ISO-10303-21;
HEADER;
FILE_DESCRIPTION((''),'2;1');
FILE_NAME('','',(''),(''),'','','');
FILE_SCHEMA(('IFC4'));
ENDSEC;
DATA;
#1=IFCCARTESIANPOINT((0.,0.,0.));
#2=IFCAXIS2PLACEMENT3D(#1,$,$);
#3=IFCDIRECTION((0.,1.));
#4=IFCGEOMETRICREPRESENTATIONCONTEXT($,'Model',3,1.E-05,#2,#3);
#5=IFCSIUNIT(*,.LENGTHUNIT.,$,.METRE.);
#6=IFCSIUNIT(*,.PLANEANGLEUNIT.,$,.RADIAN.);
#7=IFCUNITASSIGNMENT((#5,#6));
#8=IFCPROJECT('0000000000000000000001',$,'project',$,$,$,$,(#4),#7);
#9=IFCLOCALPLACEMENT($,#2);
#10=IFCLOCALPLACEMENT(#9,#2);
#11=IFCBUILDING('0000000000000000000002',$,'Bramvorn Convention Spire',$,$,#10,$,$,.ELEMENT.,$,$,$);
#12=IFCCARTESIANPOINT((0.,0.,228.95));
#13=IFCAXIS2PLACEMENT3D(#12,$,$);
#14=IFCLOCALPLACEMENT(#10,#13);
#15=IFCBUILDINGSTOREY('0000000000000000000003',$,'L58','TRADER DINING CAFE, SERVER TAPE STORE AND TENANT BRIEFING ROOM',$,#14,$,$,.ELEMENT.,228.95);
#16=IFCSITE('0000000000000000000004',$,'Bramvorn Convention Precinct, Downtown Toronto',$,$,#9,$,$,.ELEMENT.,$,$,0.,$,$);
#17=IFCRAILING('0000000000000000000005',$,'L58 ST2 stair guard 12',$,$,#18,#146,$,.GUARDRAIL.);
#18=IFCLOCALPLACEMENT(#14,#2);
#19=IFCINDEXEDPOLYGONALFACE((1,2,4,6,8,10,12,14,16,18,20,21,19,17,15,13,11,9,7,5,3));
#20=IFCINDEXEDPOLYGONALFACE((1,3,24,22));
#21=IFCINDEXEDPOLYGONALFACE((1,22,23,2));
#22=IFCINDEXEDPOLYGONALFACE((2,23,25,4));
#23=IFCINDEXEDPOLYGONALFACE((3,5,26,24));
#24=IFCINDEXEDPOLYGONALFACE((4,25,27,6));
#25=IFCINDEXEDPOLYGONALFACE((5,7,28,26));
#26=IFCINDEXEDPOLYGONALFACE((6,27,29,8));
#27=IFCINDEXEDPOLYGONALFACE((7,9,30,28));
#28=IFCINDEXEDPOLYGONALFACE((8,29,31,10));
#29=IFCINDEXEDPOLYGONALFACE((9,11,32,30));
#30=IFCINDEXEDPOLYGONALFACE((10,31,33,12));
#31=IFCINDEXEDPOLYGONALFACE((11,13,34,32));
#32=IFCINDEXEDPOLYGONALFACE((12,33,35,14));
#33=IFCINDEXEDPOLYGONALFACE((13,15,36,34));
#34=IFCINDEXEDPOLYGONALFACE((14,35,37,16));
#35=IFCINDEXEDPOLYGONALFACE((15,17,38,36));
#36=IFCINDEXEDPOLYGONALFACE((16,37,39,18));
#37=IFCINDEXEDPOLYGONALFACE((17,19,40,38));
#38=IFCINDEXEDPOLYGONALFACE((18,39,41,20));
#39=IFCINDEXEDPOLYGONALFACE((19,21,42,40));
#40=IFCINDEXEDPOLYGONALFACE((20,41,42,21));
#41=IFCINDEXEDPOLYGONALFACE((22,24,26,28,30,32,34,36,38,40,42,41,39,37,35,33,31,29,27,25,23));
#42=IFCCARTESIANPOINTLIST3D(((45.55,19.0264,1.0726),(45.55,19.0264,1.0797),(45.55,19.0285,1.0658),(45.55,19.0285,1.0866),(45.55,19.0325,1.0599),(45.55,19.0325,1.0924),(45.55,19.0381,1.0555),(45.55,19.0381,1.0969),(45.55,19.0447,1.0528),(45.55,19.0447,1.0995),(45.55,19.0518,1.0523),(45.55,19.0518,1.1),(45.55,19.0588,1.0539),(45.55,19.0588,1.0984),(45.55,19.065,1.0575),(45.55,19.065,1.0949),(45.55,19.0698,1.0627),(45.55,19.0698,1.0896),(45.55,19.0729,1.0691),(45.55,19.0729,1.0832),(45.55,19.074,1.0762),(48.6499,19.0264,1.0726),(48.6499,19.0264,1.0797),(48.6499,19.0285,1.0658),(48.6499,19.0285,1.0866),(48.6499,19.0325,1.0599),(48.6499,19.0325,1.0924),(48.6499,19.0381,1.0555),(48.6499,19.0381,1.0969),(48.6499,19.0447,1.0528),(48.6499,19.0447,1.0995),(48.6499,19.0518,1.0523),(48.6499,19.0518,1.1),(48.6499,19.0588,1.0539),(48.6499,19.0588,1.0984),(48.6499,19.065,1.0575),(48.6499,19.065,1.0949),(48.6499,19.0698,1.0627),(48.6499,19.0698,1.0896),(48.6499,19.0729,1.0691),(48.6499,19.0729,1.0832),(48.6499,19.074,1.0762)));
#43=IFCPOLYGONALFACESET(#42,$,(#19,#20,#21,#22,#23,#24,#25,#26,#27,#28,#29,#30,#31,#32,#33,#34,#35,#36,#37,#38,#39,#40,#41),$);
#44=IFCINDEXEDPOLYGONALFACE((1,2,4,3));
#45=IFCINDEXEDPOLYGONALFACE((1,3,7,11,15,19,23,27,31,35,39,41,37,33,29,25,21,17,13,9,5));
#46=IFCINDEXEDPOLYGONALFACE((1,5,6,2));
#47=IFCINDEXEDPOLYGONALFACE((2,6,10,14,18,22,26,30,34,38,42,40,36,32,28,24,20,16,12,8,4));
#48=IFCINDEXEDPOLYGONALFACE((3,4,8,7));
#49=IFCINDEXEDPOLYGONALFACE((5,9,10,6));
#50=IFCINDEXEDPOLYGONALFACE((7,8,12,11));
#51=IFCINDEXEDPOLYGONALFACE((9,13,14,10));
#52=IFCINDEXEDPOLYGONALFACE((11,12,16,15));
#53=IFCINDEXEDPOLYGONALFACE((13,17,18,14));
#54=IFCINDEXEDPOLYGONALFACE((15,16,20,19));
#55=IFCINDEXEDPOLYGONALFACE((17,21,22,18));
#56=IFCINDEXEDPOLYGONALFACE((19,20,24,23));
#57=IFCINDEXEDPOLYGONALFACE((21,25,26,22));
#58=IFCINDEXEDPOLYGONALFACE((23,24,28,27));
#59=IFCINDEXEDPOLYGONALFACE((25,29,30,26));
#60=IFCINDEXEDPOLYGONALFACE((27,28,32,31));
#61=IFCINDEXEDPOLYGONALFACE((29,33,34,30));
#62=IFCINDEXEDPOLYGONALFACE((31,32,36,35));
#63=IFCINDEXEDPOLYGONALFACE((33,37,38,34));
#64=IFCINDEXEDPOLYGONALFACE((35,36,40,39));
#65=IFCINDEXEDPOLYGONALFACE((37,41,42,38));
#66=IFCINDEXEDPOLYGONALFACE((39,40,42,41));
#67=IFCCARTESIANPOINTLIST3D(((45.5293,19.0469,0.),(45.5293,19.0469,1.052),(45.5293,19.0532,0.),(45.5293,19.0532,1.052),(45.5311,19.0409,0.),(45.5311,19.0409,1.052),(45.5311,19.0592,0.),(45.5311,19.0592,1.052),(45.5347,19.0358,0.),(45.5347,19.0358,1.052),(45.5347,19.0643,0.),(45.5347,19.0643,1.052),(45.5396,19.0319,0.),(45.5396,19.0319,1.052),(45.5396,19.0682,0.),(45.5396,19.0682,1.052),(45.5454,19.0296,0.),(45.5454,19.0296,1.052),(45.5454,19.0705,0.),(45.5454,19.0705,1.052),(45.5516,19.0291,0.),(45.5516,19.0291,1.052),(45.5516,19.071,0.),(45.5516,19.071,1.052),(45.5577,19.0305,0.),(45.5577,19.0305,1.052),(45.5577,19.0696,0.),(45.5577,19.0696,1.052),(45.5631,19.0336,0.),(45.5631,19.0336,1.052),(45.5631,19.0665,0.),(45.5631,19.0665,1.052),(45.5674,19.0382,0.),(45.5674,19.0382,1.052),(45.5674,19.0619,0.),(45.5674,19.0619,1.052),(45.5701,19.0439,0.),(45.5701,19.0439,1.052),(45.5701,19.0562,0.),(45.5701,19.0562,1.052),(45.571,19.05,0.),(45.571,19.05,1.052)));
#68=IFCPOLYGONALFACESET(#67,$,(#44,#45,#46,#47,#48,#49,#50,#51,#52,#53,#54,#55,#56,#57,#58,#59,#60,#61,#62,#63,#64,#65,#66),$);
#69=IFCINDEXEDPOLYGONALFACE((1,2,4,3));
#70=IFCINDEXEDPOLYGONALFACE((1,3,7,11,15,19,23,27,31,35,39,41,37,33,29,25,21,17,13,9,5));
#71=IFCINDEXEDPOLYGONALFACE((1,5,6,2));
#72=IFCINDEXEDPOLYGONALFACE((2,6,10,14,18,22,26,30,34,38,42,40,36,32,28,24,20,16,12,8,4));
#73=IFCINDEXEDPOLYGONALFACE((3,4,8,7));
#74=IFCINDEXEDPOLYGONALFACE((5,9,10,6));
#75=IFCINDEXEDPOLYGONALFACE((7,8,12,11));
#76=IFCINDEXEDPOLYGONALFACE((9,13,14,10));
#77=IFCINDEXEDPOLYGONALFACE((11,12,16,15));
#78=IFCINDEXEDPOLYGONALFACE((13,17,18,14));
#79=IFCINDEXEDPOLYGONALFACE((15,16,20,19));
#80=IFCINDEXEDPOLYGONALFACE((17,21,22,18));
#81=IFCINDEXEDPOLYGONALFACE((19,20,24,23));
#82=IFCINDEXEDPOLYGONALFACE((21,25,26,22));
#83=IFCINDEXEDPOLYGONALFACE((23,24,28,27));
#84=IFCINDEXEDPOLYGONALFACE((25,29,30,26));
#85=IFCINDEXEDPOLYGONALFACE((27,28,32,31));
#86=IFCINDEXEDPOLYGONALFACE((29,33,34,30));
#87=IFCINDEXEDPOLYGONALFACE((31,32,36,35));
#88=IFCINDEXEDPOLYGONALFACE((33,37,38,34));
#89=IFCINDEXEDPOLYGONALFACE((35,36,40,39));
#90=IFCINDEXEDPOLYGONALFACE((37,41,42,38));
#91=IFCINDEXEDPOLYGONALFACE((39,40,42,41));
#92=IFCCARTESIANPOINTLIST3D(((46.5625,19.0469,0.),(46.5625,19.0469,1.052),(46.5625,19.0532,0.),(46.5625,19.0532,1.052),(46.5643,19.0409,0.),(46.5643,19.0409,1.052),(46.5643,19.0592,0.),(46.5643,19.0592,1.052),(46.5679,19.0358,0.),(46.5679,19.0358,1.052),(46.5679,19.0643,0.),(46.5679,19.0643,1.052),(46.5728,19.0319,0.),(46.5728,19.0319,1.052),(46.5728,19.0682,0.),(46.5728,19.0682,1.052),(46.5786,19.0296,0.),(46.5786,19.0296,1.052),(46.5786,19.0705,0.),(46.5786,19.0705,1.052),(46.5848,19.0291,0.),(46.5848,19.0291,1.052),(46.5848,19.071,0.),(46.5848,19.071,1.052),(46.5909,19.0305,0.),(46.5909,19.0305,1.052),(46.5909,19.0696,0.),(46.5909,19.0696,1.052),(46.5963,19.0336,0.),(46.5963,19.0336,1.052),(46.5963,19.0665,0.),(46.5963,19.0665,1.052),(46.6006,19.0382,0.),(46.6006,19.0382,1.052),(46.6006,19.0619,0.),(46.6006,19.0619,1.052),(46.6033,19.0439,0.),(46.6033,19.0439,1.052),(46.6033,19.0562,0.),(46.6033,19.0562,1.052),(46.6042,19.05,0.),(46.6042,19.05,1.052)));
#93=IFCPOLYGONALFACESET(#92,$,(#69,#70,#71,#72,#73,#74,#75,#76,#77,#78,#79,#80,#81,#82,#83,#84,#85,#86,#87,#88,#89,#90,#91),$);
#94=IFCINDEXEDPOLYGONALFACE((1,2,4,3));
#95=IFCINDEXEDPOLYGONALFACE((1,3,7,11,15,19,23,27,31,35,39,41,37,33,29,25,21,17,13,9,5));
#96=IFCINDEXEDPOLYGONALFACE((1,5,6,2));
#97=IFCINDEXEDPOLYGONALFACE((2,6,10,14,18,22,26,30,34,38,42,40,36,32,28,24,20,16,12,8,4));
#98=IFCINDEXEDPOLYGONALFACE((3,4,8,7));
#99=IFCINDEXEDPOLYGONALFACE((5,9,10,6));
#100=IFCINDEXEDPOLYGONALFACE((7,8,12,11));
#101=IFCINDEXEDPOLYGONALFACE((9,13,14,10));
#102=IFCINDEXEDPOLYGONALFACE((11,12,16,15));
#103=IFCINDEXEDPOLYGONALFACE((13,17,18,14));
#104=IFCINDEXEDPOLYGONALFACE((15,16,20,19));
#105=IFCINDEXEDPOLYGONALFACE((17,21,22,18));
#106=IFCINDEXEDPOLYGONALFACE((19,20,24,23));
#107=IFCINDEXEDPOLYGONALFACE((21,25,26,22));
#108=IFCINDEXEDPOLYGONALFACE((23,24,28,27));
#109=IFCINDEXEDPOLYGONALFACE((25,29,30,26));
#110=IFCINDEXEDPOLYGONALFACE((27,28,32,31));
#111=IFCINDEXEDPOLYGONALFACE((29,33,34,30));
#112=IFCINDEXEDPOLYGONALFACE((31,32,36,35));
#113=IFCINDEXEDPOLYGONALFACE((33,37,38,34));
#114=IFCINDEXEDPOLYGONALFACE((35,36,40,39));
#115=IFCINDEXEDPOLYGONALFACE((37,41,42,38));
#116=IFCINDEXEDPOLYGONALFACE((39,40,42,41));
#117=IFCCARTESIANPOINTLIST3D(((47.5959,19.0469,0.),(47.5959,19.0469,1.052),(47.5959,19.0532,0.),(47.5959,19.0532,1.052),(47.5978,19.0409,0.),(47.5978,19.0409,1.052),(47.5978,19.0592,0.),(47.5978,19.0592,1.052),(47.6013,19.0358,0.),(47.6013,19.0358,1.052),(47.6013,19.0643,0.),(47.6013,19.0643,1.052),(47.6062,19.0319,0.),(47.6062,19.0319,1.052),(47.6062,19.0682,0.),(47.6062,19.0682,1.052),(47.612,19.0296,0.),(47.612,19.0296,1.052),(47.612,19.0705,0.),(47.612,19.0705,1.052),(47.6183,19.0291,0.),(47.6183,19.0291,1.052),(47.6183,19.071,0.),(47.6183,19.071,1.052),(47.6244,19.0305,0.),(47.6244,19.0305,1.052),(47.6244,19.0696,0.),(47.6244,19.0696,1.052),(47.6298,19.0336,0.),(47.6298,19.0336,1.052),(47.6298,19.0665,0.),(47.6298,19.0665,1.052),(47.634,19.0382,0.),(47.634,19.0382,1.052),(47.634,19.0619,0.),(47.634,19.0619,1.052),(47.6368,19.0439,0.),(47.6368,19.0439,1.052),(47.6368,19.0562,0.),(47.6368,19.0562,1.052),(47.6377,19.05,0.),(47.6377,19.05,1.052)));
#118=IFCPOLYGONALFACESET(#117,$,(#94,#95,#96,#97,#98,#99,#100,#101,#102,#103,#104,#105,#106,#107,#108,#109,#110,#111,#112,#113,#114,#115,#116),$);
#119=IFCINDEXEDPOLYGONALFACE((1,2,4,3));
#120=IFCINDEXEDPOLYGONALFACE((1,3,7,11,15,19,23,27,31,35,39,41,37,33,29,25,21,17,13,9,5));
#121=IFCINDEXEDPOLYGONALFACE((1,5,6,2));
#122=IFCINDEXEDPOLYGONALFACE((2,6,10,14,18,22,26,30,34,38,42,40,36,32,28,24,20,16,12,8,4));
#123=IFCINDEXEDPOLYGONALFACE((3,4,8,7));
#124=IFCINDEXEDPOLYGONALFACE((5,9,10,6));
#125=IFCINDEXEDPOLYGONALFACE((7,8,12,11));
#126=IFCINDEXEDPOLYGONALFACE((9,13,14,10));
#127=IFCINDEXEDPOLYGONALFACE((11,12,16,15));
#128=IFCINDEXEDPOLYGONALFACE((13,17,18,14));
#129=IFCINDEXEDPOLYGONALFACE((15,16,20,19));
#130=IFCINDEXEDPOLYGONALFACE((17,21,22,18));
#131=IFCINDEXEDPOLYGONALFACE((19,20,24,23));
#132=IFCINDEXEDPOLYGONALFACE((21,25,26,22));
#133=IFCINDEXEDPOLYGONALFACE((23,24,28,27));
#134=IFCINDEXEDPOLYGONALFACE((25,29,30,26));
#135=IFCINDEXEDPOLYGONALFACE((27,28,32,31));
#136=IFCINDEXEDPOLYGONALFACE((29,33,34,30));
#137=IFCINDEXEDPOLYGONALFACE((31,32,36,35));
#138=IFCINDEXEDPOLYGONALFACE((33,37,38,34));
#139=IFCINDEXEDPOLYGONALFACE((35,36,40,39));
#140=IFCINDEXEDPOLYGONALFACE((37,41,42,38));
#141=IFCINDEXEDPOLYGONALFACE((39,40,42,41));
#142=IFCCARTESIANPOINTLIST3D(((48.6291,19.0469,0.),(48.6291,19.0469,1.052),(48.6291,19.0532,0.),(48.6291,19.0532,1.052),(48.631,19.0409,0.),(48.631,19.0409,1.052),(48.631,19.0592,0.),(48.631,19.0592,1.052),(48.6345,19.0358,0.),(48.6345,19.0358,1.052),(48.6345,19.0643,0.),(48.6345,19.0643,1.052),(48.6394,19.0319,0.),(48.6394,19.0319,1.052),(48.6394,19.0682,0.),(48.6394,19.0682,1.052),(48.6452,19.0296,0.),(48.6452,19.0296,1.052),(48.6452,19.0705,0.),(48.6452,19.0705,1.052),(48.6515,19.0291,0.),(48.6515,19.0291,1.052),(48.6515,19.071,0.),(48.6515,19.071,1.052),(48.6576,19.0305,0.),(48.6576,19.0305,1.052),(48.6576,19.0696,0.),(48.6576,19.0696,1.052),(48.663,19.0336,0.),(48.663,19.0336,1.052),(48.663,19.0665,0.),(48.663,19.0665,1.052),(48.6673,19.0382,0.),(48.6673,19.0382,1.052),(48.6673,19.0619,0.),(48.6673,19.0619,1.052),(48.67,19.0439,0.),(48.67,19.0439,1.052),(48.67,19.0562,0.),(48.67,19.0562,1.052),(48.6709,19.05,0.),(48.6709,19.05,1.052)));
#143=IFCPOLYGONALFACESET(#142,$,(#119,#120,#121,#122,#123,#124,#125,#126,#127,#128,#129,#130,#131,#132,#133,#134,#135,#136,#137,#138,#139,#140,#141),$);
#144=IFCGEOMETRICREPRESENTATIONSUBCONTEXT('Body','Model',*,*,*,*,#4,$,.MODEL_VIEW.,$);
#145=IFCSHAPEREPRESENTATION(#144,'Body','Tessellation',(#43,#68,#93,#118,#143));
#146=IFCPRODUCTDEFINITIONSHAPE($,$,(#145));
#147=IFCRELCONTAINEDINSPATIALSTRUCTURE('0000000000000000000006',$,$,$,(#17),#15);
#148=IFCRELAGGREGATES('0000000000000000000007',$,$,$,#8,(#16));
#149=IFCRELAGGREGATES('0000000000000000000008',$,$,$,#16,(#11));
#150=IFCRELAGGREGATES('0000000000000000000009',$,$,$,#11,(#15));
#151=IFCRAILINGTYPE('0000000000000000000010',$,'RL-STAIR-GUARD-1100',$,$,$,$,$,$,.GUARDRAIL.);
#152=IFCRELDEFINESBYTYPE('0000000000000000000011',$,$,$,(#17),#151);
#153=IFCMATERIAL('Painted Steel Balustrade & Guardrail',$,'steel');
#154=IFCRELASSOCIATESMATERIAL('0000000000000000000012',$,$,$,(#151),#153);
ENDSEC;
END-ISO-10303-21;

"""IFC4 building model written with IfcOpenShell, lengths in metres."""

from ifc_helpers import new_model, si_unit, direction, frame, origin, origin_2d, place, context, subcontext, project, spatial, circle, extrude, material, type_object, element, save


model = new_model("IFC4")

# Units and contexts
model_context = context("Model", 3, precision=1e-05, world=origin(), true_north=direction((0.0, 1.0)))
body_context = subcontext(model_context, "Body", "Model", "MODEL_VIEW")
ifc_project = project(units=[si_unit("LENGTHUNIT", "METRE"), si_unit("PLANEANGLEUNIT", "RADIAN")], contexts=[model_context])

# Site, building, storey
site_placement = place(None, origin())
site = spatial("IfcSite", under=ifc_project, at=site_placement, Name="Bramvorn Convention Precinct, Downtown Toronto", CompositionType="ELEMENT", RefElevation=0.0)
building_placement = place(site_placement, origin())
building = spatial("IfcBuilding", under=site, at=building_placement, Name="Bramvorn Convention Spire", CompositionType="ELEMENT")
storey_placement = place(building_placement, frame((0.0, 0.0, 228.95)))
storey = spatial("IfcBuildingStorey", under=building, at=storey_placement, Name="L58", Description="TRADER DINING CAFE, SERVER TAPE STORE AND TENANT BRIEFING ROOM", CompositionType="ELEMENT", Elevation=228.95)

# Railing
ifc_material_1 = material(Name="Painted Steel Balustrade & Guardrail", Category="steel")
railing_type = type_object("IfcRailingType", Name="RL-STAIR-GUARD-1100", PredefinedType="GUARDRAIL", material=ifc_material_1)
railing_1_placement = place(storey_placement, frame((45.55, 19.05, 0.0)))
element("IfcRailing", 1, at=railing_1_placement, inside=storey, type_object=railing_type, Name="L58 ST2 stair guard 12", PredefinedType="GUARDRAIL", context=body_context, shape_type="SweptSolid", body=[
    extrude(circle(Radius=0.0239, at=origin_2d()), frame((0.0, 0.0, 1.0762), z_axis=(1.0, 0.0, 0.0), x_axis=(0.0, 1.0, 0.0)), (0.0, 0.0, 1.0), 3.0999),
    extrude(circle(Radius=0.021, at=origin_2d()), origin(), (0.0, 0.0, 1.0), 1.052),
    extrude(circle(Radius=0.021, at=origin_2d()), frame((1.0332, 0.0, 0.0)), (0.0, 0.0, 1.0), 1.052),
    extrude(circle(Radius=0.021, at=origin_2d()), frame((2.0667, 0.0, 0.0)), (0.0, 0.0, 1.0), 1.052),
    extrude(circle(Radius=0.021, at=origin_2d()), frame((3.0999, 0.0, 0.0)), (0.0, 0.0, 1.0), 1.052),
])

save(model, "model.ifc")
